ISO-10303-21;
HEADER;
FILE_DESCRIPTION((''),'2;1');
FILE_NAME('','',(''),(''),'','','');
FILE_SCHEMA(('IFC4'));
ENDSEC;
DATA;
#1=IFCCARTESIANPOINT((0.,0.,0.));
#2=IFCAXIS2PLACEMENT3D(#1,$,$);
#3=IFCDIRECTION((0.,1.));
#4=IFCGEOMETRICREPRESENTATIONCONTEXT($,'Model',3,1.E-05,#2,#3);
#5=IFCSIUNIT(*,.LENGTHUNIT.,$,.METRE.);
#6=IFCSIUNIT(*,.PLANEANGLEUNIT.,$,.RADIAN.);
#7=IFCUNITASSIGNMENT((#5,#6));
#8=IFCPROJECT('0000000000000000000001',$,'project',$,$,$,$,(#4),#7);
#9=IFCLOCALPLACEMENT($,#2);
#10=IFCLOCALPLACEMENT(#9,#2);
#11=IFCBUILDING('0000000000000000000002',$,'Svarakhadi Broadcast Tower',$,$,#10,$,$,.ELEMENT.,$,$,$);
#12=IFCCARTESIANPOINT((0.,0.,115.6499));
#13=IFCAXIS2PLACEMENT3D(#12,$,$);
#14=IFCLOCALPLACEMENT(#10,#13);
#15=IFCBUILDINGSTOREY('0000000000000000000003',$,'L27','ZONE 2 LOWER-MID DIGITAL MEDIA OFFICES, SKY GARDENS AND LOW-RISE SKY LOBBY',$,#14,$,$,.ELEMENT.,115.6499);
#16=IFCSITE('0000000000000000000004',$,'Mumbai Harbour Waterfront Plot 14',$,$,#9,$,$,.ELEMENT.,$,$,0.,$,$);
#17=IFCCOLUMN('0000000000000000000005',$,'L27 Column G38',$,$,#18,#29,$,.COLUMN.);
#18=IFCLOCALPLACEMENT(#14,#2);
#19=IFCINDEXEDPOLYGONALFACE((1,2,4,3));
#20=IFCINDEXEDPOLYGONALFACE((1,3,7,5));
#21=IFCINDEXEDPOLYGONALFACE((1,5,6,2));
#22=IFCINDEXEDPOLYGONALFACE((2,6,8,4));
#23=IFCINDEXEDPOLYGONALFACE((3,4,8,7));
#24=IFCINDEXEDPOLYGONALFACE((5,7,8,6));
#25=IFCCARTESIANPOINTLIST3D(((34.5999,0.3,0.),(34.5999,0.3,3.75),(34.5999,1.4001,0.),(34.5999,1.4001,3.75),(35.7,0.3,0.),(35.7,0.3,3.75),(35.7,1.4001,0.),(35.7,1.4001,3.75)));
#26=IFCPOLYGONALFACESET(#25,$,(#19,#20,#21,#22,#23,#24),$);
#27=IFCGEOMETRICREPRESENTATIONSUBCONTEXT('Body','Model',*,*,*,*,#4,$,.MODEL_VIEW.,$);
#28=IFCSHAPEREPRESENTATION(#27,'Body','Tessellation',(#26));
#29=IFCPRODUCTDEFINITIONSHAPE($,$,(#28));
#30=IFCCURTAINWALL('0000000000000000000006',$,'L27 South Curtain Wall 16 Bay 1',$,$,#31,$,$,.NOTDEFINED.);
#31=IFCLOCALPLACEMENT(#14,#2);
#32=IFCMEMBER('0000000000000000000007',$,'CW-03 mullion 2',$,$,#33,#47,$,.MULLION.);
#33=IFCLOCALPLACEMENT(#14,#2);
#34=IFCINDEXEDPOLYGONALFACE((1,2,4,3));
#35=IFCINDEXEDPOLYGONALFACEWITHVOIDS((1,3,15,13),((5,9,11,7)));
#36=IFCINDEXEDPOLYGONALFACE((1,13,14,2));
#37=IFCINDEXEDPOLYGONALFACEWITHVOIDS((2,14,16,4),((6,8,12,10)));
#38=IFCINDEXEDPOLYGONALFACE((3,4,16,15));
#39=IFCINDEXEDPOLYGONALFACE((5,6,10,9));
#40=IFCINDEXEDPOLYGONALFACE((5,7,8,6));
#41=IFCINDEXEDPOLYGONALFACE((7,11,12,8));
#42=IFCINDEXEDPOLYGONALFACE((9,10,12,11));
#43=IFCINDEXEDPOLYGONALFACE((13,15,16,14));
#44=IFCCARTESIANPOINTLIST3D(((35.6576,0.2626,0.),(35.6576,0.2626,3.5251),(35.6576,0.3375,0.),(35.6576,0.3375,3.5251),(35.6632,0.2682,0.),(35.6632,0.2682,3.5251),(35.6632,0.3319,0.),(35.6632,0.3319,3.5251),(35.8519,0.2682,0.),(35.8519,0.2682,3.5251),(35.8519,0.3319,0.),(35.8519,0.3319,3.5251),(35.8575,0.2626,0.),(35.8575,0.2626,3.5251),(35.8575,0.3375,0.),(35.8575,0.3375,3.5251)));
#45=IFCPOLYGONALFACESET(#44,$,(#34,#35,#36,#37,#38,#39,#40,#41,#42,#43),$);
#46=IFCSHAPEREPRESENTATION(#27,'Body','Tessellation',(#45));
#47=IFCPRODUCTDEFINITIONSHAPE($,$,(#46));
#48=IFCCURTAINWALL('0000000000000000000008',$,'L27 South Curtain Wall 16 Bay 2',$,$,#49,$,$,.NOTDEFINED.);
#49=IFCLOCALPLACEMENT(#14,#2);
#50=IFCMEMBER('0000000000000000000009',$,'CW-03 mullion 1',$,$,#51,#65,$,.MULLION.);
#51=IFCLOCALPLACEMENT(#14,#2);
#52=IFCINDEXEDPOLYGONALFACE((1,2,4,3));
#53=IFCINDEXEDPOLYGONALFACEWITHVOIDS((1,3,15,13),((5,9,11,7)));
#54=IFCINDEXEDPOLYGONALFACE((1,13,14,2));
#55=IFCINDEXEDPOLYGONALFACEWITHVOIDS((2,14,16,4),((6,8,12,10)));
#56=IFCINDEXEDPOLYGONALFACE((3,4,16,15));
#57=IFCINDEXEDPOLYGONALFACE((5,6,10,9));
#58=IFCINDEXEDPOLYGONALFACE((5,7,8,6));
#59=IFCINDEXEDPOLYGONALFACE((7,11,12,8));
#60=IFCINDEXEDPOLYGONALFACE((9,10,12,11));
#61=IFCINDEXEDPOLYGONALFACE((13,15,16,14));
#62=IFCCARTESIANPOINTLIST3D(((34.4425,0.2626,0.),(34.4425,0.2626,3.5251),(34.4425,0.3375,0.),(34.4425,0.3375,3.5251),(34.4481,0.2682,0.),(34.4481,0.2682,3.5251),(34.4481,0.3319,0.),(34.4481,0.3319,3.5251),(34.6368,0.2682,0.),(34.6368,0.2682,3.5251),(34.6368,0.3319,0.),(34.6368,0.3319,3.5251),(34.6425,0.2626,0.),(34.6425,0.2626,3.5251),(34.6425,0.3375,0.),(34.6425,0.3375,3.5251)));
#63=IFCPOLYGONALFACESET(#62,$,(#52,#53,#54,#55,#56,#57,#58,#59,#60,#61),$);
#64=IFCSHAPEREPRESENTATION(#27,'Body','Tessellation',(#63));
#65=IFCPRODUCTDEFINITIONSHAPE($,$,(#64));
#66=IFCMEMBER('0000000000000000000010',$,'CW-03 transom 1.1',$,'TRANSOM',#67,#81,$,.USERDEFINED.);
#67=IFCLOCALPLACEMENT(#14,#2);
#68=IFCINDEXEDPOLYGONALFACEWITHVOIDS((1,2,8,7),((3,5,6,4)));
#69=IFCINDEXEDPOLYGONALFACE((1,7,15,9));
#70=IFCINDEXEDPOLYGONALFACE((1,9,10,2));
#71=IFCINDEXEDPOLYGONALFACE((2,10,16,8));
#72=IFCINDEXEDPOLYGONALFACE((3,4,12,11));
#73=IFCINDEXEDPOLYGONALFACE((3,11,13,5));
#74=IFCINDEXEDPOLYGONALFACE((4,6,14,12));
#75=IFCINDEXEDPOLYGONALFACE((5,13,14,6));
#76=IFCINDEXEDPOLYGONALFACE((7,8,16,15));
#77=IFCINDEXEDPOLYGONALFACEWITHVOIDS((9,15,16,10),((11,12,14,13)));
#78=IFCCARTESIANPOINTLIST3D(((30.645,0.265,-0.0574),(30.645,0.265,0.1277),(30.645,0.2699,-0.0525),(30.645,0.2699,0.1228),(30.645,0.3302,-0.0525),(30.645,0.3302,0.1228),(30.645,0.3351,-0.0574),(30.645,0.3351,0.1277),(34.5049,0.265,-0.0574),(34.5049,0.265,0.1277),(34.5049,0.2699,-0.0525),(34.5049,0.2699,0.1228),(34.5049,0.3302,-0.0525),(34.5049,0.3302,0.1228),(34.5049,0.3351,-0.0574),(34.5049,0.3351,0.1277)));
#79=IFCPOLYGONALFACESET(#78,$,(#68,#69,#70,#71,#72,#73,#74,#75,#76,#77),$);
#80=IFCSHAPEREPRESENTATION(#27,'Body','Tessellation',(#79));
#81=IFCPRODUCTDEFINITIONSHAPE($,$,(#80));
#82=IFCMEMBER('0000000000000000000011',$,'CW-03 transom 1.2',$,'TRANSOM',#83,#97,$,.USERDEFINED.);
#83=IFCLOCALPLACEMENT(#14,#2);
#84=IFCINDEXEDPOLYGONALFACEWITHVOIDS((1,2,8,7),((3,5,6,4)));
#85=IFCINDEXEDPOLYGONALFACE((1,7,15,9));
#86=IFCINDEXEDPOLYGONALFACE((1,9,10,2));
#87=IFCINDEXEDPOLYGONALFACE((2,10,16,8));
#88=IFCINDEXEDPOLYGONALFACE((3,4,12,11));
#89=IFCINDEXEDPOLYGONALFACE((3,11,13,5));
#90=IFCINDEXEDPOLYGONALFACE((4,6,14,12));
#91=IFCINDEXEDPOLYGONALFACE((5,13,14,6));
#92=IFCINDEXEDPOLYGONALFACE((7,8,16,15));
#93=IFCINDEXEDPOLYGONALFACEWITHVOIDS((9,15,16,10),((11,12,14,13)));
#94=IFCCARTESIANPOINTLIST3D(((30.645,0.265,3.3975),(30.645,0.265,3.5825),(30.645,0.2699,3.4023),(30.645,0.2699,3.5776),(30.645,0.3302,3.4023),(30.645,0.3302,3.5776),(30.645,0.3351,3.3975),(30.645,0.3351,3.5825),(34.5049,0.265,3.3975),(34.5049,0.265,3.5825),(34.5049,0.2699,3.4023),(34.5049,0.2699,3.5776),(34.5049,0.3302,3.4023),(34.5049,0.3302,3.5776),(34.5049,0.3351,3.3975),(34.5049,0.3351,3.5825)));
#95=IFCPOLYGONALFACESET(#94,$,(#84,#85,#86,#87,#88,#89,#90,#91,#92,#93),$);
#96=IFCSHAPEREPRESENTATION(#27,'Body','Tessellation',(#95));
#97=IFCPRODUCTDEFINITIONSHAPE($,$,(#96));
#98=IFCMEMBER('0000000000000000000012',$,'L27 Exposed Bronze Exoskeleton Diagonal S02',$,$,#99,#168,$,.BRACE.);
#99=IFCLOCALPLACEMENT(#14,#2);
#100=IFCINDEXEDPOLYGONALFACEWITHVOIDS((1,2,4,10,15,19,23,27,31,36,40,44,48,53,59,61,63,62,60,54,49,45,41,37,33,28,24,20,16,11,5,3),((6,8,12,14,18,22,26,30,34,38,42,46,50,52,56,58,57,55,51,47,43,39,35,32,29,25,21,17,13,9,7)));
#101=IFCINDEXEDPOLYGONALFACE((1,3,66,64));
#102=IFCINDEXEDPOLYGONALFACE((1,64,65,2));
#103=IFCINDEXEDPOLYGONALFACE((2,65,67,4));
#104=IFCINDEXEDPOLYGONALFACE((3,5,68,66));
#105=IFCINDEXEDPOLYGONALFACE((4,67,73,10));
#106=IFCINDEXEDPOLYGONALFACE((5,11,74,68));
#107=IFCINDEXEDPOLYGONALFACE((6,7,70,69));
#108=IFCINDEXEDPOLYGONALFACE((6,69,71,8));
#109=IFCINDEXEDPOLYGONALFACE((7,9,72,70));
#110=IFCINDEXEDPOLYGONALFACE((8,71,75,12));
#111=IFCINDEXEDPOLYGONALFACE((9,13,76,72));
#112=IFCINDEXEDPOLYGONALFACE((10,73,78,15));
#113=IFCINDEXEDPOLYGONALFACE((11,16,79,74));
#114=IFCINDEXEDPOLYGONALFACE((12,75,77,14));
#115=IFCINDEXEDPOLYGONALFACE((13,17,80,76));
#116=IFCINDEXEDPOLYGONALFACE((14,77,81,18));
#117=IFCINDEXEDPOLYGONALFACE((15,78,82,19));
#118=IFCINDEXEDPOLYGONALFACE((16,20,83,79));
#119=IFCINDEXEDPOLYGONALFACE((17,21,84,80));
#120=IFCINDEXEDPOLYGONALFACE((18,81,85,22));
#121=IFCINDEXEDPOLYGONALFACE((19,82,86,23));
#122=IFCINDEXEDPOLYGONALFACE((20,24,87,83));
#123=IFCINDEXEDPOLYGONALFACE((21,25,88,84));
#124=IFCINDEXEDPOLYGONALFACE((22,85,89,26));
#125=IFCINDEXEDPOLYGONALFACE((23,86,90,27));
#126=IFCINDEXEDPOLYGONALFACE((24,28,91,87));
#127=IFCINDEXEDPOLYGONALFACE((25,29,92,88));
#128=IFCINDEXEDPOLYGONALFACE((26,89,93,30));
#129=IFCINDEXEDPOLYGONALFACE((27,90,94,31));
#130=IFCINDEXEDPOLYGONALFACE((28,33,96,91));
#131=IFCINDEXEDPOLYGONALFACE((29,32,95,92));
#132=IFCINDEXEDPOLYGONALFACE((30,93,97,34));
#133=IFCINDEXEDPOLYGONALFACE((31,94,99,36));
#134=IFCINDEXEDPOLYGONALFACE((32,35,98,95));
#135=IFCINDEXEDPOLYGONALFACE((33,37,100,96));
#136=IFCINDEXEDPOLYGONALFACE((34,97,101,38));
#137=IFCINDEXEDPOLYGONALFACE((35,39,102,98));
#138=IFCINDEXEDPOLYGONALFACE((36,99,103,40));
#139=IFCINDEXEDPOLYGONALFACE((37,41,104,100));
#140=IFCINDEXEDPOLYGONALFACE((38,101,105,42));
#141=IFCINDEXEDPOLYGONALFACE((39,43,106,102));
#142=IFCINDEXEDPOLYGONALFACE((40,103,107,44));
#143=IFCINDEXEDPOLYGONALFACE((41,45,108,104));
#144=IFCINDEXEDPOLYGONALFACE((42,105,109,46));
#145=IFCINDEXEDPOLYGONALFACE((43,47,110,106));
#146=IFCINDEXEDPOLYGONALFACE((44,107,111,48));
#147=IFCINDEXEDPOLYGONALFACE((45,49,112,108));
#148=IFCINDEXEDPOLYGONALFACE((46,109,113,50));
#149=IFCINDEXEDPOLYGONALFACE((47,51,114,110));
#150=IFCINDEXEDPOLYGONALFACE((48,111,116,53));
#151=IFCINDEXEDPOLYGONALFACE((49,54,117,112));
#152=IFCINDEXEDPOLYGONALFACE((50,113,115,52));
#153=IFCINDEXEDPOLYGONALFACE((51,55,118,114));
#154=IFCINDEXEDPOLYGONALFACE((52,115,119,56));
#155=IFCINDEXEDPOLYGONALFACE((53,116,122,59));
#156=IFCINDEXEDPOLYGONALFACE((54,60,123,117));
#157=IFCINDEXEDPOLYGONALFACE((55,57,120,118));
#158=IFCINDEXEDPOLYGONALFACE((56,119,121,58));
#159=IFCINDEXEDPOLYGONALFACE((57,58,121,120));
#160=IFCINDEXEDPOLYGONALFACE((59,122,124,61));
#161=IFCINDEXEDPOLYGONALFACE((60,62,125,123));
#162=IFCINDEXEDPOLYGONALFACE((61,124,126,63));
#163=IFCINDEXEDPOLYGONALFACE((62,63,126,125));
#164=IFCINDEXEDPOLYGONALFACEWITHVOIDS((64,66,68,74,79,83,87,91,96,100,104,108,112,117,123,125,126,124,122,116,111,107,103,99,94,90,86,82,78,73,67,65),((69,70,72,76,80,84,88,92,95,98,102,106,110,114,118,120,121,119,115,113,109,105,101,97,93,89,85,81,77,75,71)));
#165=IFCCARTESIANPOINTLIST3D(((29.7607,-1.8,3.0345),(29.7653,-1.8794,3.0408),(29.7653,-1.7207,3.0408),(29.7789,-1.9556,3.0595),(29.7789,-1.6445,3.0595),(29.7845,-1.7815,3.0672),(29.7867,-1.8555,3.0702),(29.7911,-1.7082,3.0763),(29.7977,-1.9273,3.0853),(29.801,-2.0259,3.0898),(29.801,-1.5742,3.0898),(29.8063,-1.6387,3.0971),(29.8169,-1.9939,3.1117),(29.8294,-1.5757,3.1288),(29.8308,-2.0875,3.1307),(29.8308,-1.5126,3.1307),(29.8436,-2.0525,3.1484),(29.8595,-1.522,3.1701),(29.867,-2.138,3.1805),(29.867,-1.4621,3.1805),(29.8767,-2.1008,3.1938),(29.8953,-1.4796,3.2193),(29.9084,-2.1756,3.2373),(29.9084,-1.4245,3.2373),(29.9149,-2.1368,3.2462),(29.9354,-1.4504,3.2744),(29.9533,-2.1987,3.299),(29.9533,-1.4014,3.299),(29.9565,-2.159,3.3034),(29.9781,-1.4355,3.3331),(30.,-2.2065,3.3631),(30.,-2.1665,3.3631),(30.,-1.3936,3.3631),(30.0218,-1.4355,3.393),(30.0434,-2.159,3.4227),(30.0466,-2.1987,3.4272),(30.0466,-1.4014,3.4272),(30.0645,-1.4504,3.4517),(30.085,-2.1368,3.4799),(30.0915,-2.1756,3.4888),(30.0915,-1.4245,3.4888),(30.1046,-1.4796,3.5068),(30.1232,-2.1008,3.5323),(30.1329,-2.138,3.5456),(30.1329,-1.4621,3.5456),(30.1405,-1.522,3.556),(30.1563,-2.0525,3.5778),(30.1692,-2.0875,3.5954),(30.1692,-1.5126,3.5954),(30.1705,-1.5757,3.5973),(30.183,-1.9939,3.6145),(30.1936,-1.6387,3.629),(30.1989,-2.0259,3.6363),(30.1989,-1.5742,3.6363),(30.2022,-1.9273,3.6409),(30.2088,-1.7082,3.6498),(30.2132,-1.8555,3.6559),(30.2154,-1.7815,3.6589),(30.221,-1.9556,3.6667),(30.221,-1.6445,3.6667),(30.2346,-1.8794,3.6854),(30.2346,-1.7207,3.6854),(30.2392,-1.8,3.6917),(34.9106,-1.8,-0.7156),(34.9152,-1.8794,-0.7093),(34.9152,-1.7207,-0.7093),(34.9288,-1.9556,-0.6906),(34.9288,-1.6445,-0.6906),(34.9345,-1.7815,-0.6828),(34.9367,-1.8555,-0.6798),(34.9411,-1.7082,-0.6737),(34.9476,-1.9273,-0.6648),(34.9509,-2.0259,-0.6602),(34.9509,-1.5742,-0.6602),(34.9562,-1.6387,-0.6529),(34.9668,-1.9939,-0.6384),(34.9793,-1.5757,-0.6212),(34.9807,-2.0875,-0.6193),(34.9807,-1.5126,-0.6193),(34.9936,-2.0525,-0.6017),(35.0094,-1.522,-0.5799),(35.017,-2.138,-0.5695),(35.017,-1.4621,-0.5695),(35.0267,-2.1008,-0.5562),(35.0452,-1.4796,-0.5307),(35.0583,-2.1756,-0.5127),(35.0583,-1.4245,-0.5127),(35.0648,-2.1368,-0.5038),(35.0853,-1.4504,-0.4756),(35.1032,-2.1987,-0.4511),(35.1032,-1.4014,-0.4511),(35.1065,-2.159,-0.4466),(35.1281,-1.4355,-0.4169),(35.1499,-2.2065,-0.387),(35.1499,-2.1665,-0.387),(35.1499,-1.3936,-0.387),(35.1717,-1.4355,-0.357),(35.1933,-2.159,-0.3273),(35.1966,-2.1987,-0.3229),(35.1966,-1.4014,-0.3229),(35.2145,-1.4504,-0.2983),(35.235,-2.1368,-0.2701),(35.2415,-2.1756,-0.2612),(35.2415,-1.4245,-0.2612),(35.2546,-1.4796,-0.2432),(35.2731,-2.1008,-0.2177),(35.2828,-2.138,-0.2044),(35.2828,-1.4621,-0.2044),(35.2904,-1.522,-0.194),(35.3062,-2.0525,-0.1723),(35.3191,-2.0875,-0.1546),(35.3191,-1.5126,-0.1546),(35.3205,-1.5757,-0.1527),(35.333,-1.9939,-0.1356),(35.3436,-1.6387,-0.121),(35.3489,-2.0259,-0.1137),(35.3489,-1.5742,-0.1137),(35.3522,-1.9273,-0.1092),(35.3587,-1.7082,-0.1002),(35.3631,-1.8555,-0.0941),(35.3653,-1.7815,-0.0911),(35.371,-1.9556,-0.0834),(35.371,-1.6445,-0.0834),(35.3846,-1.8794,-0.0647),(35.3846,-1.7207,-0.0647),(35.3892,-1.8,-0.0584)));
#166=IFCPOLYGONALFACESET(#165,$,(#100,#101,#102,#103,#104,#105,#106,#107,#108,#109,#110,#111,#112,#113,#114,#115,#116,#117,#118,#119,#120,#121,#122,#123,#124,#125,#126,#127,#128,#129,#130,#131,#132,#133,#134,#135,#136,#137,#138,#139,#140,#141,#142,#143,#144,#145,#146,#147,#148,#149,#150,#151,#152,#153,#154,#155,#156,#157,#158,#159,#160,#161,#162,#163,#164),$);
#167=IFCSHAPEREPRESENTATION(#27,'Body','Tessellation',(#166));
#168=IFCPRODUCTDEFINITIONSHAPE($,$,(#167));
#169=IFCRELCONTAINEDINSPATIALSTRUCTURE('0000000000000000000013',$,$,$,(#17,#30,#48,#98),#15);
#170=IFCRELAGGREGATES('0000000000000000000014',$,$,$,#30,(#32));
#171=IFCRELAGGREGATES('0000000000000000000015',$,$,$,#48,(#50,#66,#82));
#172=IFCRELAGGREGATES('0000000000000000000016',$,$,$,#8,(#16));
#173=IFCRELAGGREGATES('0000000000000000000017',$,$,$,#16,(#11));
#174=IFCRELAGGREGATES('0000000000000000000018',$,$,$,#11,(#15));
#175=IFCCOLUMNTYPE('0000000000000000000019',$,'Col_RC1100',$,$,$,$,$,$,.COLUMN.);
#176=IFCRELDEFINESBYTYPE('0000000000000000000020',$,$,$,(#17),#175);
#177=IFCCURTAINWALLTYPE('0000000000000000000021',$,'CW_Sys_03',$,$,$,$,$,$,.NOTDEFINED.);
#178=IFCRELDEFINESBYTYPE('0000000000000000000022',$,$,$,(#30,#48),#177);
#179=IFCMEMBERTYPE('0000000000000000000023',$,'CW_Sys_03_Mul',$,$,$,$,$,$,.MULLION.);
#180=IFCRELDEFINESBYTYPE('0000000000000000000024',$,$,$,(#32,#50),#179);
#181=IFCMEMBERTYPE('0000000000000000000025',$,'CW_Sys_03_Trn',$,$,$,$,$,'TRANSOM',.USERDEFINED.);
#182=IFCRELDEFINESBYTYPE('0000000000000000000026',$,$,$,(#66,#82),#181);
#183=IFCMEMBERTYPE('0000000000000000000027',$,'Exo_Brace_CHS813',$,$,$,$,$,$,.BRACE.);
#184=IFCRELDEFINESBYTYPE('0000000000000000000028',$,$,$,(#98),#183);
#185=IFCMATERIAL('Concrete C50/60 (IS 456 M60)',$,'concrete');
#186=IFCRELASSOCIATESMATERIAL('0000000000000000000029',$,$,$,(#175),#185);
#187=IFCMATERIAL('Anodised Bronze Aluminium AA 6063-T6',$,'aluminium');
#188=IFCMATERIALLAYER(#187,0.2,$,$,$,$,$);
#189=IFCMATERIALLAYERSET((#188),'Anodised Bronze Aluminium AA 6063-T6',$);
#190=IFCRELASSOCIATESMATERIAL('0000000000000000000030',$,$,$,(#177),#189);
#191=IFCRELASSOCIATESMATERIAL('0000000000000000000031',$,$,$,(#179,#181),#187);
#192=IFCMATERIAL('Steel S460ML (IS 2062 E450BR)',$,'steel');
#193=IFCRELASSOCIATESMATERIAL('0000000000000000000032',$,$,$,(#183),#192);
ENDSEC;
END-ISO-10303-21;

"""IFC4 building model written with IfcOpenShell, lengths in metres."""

from ifc_helpers import new_model, si_unit, direction, frame, origin, origin_2d, place, context, subcontext, project, spatial, rectangle, hollow_rectangle, hollow_circle, extrude, material, layer, layer_set, material_profile, profile_set, type_object, element, aggregate, save


model = new_model("IFC4")

# Units and contexts
model_context = context("Model", 3, precision=1e-05, world=origin(), true_north=direction((0.0, 1.0)))
body_context = subcontext(model_context, "Body", "Model", "MODEL_VIEW")
ifc_project = project(units=[si_unit("LENGTHUNIT", "METRE"), si_unit("PLANEANGLEUNIT", "RADIAN")], contexts=[model_context])

# Site, building, storey
site_placement = place(None, origin())
site = spatial("IfcSite", under=ifc_project, at=site_placement, Name="Mumbai Harbour Waterfront Plot 14", CompositionType="ELEMENT", RefElevation=0.0)
building_placement = place(site_placement, origin())
building = spatial("IfcBuilding", under=site, at=building_placement, Name="Svarakhadi Broadcast Tower", CompositionType="ELEMENT")
storey_placement = place(building_placement, frame((0.0, 0.0, 115.6499)))
storey = spatial("IfcBuildingStorey", under=building, at=storey_placement, Name="L27", Description="ZONE 2 LOWER-MID DIGITAL MEDIA OFFICES, SKY GARDENS AND LOW-RISE SKY LOBBY", CompositionType="ELEMENT", Elevation=115.6499)

# Column
ifc_material_1 = material(Name="Concrete C50/60 (IS 456 M60)", Category="concrete")
ifc_material_profile_1 = material_profile(ifc_material_1, rectangle(XDim=1.1001, YDim=1.1001, at=origin_2d()), Name="RC 1100x1100")
ifc_profile_set_1 = profile_set([ifc_material_profile_1], Name="Concrete C50/60 (IS 456 M60)")
column_type = type_object("IfcColumnType", Name="Col_RC1100", PredefinedType="COLUMN", material=ifc_profile_set_1)
column_placement = place(storey_placement, frame((35.1499, 0.8501, 0.0), z_axis=(0.0, 0.0, 1.0), x_axis=(1.0, 0.0, 0.0)))
element("IfcColumn", 1, at=column_placement, inside=storey, type_object=column_type, Name="L27 Column G38", PredefinedType="COLUMN", context=body_context, shape_type="SweptSolid", body=[
    extrude(rectangle(XDim=1.1001, YDim=1.1001, at=origin_2d()), origin(), (0.0, 0.0, 1.0), 3.75),
])

# Curtain wall, member
ifc_material_2 = material(Name="Anodised Bronze Aluminium AA 6063-T6", Category="aluminium")
ifc_layer_1 = layer(ifc_material_2, 0.2)
ifc_layer_set_1 = layer_set([ifc_layer_1], Name="Anodised Bronze Aluminium AA 6063-T6")
curtain_wall_type = type_object("IfcCurtainWallType", Name="CW_Sys_03", PredefinedType="NOTDEFINED", material=ifc_layer_set_1)
curtain_wall_1_placement = place(storey_placement, origin())
curtain_wall_1 = element("IfcCurtainWall", 2, at=curtain_wall_1_placement, inside=storey, type_object=curtain_wall_type, Name="L27 South Curtain Wall 16 Bay 1", PredefinedType="NOTDEFINED")
ifc_material_profile_2 = material_profile(ifc_material_2, hollow_rectangle(XDim=0.075, YDim=0.2, WallThickness=0.0056, at=origin_2d()), Name="ALU MULLION 200x75x6")
ifc_profile_set_2 = profile_set([ifc_material_profile_2], Name="Anodised Bronze Aluminium AA 6063-T6")
member_type_1 = type_object("IfcMemberType", Name="CW_Sys_03_Mul", PredefinedType="MULLION", material=ifc_profile_set_2)
member_1_placement = place(storey_placement, frame((35.7576, 0.3, 0.0), z_axis=(0.0, 0.0, 1.0), x_axis=(0.0, -1.0, 0.0)))
member_1 = element("IfcMember", 3, at=member_1_placement, type_object=member_type_1, Name="CW-03 mullion 2", PredefinedType="MULLION", context=body_context, shape_type="SweptSolid", body=[
    extrude(hollow_rectangle(XDim=0.075, YDim=0.2, WallThickness=0.0056, at=origin_2d()), origin(), (0.0, 0.0, 1.0), 3.5251),
])
aggregate(curtain_wall_1, [member_1])

# Curtain wall, members
curtain_wall_2_placement = place(storey_placement, origin())
curtain_wall_2 = element("IfcCurtainWall", 4, at=curtain_wall_2_placement, inside=storey, type_object=curtain_wall_type, Name="L27 South Curtain Wall 16 Bay 2", PredefinedType="NOTDEFINED")
member_2_placement = place(storey_placement, frame((34.5425, 0.3, 0.0), z_axis=(0.0, 0.0, 1.0), x_axis=(0.0, -1.0, 0.0)))
member_2 = element("IfcMember", 5, at=member_2_placement, type_object=member_type_1, Name="CW-03 mullion 1", PredefinedType="MULLION", context=body_context, shape_type="SweptSolid", body=[
    extrude(hollow_rectangle(XDim=0.075, YDim=0.2, WallThickness=0.0056, at=origin_2d()), origin(), (0.0, 0.0, 1.0), 3.5251),
])
ifc_material_profile_3 = material_profile(ifc_material_2, hollow_rectangle(XDim=0.0701, YDim=0.1851, WallThickness=0.0049, at=origin_2d()), Name="ALU TRANSOM 185x70x5")
ifc_profile_set_3 = profile_set([ifc_material_profile_3], Name="Anodised Bronze Aluminium AA 6063-T6")
member_type_2 = type_object("IfcMemberType", Name="CW_Sys_03_Trn", ElementType="TRANSOM", PredefinedType="USERDEFINED", material=ifc_profile_set_3)
member_3_placement = place(storey_placement, frame((34.5049, 0.3, 0.0352), z_axis=(-1.0, 0.0, 0.0), x_axis=(0.0, -1.0, 0.0)))
member_3 = element("IfcMember", 6, at=member_3_placement, type_object=member_type_2, Name="CW-03 transom 1.1", ObjectType="TRANSOM", PredefinedType="USERDEFINED", context=body_context, shape_type="SweptSolid", body=[
    extrude(hollow_rectangle(XDim=0.0701, YDim=0.1851, WallThickness=0.0049, at=origin_2d()), origin(), (0.0, 0.0, 1.0), 3.8599),
])
member_4_placement = place(storey_placement, frame((34.5049, 0.3, 3.49), z_axis=(-1.0, 0.0, 0.0), x_axis=(0.0, -1.0, 0.0)))
member_4 = element("IfcMember", 7, at=member_4_placement, type_object=member_type_2, Name="CW-03 transom 1.2", ObjectType="TRANSOM", PredefinedType="USERDEFINED", context=body_context, shape_type="SweptSolid", body=[
    extrude(hollow_rectangle(XDim=0.0701, YDim=0.1851, WallThickness=0.0049, at=origin_2d()), origin(), (0.0, 0.0, 1.0), 3.8599),
])
aggregate(curtain_wall_2, [member_2, member_3, member_4])

# Member
ifc_material_3 = material(Name="Steel S460ML (IS 2062 E450BR)", Category="steel")
ifc_material_profile_4 = material_profile(ifc_material_3, hollow_circle(Radius=0.4065, WallThickness=0.04, at=origin_2d()), Name="CHS 813x40")
ifc_profile_set_4 = profile_set([ifc_material_profile_4], Name="Steel S460ML (IS 2062 E450BR)")
member_type_3 = type_object("IfcMemberType", Name="Exo_Brace_CHS813", PredefinedType="BRACE", material=ifc_profile_set_4)
member_5_placement = place(storey_placement, frame((35.1499, -1.8, -0.387), z_axis=(-0.808391, 0.0, 0.588646), x_axis=(0.0, -1.0, 0.0)))
element("IfcMember", 8, at=member_5_placement, inside=storey, type_object=member_type_3, Name="L27 Exposed Bronze Exoskeleton Diagonal S02", PredefinedType="BRACE", context=body_context, shape_type="SweptSolid", body=[
    extrude(hollow_circle(Radius=0.4065, WallThickness=0.04, at=origin_2d()), origin(), (0.0, 0.0, 1.0), 6.3706),
])

save(model, "model.ifc")
